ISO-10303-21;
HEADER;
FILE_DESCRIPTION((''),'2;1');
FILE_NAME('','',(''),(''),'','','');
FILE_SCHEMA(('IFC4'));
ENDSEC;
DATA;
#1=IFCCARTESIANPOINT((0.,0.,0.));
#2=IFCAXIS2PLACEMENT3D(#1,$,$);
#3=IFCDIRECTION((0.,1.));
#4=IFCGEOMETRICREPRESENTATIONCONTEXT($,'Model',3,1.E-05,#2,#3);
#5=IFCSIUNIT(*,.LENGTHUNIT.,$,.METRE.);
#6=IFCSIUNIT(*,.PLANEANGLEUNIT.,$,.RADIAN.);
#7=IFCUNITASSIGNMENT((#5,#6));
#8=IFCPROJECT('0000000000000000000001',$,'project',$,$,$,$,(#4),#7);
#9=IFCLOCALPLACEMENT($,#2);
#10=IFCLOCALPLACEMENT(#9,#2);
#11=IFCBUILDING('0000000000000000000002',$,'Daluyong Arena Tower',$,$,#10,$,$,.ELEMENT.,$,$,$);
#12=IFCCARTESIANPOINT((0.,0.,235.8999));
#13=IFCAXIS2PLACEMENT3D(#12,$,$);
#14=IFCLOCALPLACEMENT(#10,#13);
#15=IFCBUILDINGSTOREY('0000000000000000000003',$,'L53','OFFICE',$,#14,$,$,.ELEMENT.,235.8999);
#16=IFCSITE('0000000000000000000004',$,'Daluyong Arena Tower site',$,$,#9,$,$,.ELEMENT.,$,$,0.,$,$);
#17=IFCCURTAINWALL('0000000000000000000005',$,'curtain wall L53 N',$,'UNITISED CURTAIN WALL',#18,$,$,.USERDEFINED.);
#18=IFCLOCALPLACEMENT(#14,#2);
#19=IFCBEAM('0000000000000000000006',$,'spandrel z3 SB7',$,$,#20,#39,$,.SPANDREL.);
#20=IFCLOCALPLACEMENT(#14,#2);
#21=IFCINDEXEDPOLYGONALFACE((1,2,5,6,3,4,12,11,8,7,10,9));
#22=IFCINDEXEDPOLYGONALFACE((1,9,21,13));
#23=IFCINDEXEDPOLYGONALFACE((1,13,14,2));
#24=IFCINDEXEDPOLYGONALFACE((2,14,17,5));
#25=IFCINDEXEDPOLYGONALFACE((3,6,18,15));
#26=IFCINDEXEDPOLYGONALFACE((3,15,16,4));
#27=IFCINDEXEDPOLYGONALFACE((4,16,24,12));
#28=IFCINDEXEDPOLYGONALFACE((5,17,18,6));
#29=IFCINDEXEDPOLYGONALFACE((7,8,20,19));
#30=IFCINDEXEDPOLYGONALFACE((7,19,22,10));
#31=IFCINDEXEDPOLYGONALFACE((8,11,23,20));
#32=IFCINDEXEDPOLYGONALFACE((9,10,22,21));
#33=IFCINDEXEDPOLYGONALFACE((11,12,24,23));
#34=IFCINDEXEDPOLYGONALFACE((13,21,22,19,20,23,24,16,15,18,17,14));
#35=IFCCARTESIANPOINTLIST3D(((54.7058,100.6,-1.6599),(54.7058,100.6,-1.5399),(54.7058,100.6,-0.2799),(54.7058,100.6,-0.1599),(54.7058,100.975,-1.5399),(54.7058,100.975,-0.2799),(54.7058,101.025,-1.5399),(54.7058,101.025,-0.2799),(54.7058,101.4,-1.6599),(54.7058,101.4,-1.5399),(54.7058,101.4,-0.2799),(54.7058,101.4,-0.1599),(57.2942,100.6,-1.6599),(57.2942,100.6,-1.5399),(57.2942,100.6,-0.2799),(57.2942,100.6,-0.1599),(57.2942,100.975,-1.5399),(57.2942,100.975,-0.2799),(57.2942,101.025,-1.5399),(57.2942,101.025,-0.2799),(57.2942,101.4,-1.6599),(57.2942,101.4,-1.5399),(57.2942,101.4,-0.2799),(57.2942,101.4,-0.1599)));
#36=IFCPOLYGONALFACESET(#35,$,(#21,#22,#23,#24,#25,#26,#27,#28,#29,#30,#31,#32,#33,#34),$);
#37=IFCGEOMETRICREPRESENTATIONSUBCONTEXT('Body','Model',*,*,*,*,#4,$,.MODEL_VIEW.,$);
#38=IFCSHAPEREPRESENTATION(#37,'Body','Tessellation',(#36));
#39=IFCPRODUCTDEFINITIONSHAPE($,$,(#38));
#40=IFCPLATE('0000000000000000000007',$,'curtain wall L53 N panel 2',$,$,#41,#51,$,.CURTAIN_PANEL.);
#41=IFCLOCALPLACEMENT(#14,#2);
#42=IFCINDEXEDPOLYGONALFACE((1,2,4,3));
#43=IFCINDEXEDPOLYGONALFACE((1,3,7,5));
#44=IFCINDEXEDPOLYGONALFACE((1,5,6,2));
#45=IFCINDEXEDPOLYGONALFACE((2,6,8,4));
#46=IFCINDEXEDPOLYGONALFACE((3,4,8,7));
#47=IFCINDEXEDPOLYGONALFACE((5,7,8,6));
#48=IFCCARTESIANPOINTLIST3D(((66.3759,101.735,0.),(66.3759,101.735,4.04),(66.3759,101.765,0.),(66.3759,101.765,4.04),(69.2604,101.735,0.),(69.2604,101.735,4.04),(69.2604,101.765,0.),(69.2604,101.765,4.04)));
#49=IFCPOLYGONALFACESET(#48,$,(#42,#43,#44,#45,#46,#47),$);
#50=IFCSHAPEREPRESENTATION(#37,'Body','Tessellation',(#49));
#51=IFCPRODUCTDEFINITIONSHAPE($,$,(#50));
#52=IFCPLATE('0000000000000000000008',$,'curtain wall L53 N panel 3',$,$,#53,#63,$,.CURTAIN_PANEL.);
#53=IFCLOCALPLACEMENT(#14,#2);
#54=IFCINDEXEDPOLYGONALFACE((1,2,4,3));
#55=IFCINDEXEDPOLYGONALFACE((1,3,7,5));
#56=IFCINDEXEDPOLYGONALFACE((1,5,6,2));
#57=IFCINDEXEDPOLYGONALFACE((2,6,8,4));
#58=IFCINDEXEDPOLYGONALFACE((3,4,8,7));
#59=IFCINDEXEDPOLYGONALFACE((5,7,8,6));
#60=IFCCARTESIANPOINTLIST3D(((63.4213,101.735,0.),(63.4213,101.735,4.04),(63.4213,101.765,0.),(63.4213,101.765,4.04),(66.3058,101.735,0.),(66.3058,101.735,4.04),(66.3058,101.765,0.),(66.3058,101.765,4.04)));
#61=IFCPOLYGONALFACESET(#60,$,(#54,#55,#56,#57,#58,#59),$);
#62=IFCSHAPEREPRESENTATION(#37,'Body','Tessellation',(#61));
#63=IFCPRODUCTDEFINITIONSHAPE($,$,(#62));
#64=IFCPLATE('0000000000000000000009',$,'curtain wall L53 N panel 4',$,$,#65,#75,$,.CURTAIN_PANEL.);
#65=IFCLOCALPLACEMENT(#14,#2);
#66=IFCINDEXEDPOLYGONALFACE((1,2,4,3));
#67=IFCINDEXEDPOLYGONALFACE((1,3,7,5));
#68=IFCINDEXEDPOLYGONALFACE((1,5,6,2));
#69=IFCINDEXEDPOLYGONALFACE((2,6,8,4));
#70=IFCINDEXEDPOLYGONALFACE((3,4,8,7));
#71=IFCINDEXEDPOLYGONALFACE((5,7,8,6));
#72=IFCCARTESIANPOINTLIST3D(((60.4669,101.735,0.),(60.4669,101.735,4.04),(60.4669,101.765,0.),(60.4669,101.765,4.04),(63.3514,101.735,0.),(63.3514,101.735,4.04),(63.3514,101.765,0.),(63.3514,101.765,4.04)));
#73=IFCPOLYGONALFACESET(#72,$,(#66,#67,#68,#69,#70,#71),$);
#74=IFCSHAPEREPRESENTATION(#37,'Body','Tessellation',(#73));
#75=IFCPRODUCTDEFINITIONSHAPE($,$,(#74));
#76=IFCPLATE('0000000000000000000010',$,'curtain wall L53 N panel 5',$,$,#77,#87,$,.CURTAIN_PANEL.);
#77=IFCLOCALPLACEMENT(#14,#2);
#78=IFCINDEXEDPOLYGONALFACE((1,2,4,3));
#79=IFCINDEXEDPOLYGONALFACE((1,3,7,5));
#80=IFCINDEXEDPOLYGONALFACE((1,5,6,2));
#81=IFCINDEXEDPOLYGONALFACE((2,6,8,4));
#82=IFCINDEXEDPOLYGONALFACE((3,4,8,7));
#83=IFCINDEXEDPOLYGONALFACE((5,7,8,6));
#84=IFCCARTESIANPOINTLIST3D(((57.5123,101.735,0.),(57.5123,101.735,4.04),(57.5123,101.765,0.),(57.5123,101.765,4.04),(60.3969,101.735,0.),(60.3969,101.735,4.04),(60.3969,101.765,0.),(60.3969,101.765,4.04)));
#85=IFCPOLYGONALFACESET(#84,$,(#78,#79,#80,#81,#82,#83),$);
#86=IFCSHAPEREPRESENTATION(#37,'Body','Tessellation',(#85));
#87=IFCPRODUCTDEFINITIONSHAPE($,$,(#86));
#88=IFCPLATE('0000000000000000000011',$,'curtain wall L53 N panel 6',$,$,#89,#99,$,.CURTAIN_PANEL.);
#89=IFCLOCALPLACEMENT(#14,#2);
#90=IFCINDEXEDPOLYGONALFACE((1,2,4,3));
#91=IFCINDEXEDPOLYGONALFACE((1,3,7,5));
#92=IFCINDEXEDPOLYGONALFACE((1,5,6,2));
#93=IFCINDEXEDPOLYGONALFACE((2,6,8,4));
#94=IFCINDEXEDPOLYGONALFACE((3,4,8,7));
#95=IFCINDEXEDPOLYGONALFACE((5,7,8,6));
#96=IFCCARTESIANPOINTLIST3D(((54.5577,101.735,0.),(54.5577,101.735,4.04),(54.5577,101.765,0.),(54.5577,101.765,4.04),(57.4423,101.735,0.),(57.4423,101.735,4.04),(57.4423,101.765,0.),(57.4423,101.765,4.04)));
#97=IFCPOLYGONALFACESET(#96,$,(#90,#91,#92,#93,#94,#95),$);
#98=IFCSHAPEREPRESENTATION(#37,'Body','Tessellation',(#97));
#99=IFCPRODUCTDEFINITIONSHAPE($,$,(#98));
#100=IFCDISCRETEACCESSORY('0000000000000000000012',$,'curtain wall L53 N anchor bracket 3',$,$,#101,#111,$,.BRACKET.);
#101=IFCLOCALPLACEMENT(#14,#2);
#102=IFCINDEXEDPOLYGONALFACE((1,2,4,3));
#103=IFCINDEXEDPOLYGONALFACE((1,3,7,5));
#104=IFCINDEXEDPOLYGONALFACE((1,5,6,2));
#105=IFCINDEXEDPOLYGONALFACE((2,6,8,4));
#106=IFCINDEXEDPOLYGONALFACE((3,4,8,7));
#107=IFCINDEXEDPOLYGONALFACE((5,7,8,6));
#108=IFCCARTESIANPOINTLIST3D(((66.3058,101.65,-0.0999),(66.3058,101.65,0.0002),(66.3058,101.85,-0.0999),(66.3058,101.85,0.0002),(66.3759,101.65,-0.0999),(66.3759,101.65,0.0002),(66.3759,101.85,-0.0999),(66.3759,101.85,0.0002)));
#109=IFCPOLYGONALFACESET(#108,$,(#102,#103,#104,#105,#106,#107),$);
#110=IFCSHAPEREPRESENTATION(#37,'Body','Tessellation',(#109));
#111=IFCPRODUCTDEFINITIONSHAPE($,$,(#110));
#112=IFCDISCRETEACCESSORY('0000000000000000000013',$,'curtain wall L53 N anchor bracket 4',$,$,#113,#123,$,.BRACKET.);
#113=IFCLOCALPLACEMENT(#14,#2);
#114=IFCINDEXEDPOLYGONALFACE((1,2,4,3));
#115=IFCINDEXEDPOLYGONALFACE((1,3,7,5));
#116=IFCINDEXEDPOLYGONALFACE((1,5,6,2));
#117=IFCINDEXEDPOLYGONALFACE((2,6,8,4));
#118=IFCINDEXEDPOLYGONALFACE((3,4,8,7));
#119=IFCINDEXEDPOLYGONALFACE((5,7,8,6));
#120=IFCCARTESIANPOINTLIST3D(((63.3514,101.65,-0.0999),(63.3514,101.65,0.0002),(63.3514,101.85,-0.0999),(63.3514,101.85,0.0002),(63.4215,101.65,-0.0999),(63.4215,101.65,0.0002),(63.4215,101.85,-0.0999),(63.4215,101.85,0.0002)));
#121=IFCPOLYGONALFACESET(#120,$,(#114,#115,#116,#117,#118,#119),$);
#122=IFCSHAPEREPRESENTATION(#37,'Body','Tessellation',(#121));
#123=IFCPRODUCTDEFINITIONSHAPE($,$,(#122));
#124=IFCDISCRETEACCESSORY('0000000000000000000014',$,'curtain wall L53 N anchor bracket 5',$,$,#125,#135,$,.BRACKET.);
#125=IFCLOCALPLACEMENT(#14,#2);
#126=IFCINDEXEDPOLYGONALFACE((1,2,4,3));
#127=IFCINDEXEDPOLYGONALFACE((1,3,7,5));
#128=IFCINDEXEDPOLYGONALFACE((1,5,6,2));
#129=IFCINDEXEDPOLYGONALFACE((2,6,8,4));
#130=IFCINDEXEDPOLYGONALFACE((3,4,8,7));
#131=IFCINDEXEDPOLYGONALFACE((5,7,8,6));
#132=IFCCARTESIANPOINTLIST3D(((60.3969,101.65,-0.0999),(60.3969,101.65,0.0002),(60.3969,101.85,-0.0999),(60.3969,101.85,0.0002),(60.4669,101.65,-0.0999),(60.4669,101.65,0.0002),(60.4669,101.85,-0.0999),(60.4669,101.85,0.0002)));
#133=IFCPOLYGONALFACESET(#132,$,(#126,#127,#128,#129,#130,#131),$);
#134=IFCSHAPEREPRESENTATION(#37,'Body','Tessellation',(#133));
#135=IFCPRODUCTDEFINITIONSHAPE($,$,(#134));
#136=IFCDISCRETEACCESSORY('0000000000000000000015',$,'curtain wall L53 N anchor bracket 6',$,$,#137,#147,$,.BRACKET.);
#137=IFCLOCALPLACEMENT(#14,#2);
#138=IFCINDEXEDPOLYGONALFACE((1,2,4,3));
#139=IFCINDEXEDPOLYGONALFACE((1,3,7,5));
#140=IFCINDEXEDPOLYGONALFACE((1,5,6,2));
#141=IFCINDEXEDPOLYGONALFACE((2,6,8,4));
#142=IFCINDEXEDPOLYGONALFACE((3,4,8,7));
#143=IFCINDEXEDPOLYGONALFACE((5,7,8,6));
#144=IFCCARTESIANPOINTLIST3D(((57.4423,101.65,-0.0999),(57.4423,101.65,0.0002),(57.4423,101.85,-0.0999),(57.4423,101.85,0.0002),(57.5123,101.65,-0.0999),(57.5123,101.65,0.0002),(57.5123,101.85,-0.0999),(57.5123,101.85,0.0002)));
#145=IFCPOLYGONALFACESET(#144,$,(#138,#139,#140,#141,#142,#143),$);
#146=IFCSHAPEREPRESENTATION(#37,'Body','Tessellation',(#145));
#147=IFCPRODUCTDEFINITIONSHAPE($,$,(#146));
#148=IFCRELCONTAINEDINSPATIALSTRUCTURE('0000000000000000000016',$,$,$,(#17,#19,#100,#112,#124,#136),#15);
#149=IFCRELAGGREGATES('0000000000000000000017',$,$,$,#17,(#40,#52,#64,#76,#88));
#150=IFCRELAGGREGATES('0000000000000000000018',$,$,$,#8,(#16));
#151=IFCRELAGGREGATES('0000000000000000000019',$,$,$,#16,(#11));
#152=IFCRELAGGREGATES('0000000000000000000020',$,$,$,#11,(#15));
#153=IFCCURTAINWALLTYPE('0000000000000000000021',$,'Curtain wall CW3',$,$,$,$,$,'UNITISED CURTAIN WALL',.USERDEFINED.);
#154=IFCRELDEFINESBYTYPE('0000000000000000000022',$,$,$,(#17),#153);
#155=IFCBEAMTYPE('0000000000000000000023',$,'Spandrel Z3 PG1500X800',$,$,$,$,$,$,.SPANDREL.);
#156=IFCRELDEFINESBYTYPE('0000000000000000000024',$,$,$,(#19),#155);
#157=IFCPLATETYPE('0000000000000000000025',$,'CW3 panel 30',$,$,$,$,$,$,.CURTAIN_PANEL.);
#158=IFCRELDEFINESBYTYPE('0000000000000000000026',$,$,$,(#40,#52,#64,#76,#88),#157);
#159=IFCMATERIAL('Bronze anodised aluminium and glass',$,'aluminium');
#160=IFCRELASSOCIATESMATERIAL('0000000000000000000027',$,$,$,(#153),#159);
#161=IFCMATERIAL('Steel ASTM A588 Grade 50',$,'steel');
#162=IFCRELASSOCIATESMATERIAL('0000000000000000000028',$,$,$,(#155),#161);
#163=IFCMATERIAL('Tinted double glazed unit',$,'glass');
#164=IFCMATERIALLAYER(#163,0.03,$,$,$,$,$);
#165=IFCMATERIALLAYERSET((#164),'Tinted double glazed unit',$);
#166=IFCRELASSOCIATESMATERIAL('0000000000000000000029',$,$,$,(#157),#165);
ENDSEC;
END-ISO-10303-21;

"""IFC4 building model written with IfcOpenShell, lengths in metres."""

from ifc_helpers import new_model, si_unit, direction, frame, origin, origin_2d, place, context, subcontext, project, spatial, rectangle, i_section, extrude, material, layer, layer_set, material_profile, profile_set, type_object, element, aggregate, save


model = new_model("IFC4")

# Units and contexts
model_context = context("Model", 3, precision=1e-05, world=origin(), true_north=direction((0.0, 1.0)))
body_context = subcontext(model_context, "Body", "Model", "MODEL_VIEW")
ifc_project = project(units=[si_unit("LENGTHUNIT", "METRE"), si_unit("PLANEANGLEUNIT", "RADIAN")], contexts=[model_context])

# Site, building, storey
site_placement = place(None, origin())
site = spatial("IfcSite", under=ifc_project, at=site_placement, Name="Daluyong Arena Tower site", CompositionType="ELEMENT", RefElevation=0.0)
building_placement = place(site_placement, origin())
building = spatial("IfcBuilding", under=site, at=building_placement, Name="Daluyong Arena Tower", CompositionType="ELEMENT")
storey_placement = place(building_placement, frame((0.0, 0.0, 235.8999)))
storey = spatial("IfcBuildingStorey", under=building, at=storey_placement, Name="L53", Description="OFFICE", CompositionType="ELEMENT", Elevation=235.8999)

# Curtain wall
ifc_material_1 = material(Name="Bronze anodised aluminium and glass", Category="aluminium")
curtain_wall_type = type_object("IfcCurtainWallType", Name="Curtain wall CW3", ElementType="UNITISED CURTAIN WALL", PredefinedType="USERDEFINED", material=ifc_material_1)
curtain_wall_placement = place(storey_placement, origin())
curtain_wall = element("IfcCurtainWall", 1, at=curtain_wall_placement, inside=storey, type_object=curtain_wall_type, Name="curtain wall L53 N", ObjectType="UNITISED CURTAIN WALL", PredefinedType="USERDEFINED")

# Beam
ifc_material_2 = material(Name="Steel ASTM A588 Grade 50", Category="steel")
ifc_material_profile_1 = material_profile(ifc_material_2, i_section(OverallWidth=0.8, OverallDepth=1.5, WebThickness=0.05, FlangeThickness=0.12, at=origin_2d()))
ifc_profile_set_1 = profile_set([ifc_material_profile_1], Name="Steel ASTM A588 Grade 50")
beam_type_1 = type_object("IfcBeamType", Name="Spandrel Z3 PG1500X800", PredefinedType="SPANDREL", material=ifc_profile_set_1)
beam_1_placement = place(storey_placement, frame((57.2942, 101.0, -0.9099), z_axis=(-1.0, 0.0, 0.0), x_axis=(0.0, -1.0, 0.0)))
element("IfcBeam", 2, at=beam_1_placement, inside=storey, type_object=beam_type_1, Name="spandrel z3 SB7", PredefinedType="SPANDREL", context=body_context, shape_type="SweptSolid", body=[
    extrude(i_section(OverallWidth=0.8, OverallDepth=1.5, WebThickness=0.05, FlangeThickness=0.12, at=origin_2d()), origin(), (0.0, 0.0, 1.0), 2.5884),
])

# Plates
ifc_material_3 = material(Name="Tinted double glazed unit", Category="glass")
ifc_layer = layer(ifc_material_3, 0.03)
ifc_layer_set = layer_set([ifc_layer], Name="Tinted double glazed unit")
plate_type = type_object("IfcPlateType", Name="CW3 panel 30", PredefinedType="CURTAIN_PANEL", material=ifc_layer_set)
plate_1_placement = place(storey_placement, frame((67.8181, 101.75, 0.0), z_axis=(0.0, 0.0, 1.0), x_axis=(-1.0, 0.0, 0.0)))
plate_1 = element("IfcPlate", 3, at=plate_1_placement, type_object=plate_type, Name="curtain wall L53 N panel 2", PredefinedType="CURTAIN_PANEL", context=body_context, shape_type="SweptSolid", body=[
    extrude(rectangle(XDim=2.8845, YDim=0.03, at=origin_2d()), origin(), (0.0, 0.0, 1.0), 4.04),
])
plate_2_placement = place(storey_placement, frame((64.8635, 101.75, 0.0), z_axis=(0.0, 0.0, 1.0), x_axis=(-1.0, 0.0, 0.0)))
plate_2 = element("IfcPlate", 4, at=plate_2_placement, type_object=plate_type, Name="curtain wall L53 N panel 3", PredefinedType="CURTAIN_PANEL", context=body_context, shape_type="SweptSolid", body=[
    extrude(rectangle(XDim=2.8845, YDim=0.03, at=origin_2d()), origin(), (0.0, 0.0, 1.0), 4.04),
])
plate_3_placement = place(storey_placement, frame((61.9092, 101.75, 0.0), z_axis=(0.0, 0.0, 1.0), x_axis=(-1.0, 0.0, 0.0)))
plate_3 = element("IfcPlate", 5, at=plate_3_placement, type_object=plate_type, Name="curtain wall L53 N panel 4", PredefinedType="CURTAIN_PANEL", context=body_context, shape_type="SweptSolid", body=[
    extrude(rectangle(XDim=2.8845, YDim=0.03, at=origin_2d()), origin(), (0.0, 0.0, 1.0), 4.04),
])
plate_4_placement = place(storey_placement, frame((58.9546, 101.75, 0.0), z_axis=(0.0, 0.0, 1.0), x_axis=(-1.0, 0.0, 0.0)))
plate_4 = element("IfcPlate", 6, at=plate_4_placement, type_object=plate_type, Name="curtain wall L53 N panel 5", PredefinedType="CURTAIN_PANEL", context=body_context, shape_type="SweptSolid", body=[
    extrude(rectangle(XDim=2.8845, YDim=0.03, at=origin_2d()), origin(), (0.0, 0.0, 1.0), 4.04),
])
plate_5_placement = place(storey_placement, frame((56.0, 101.75, 0.0), z_axis=(0.0, 0.0, 1.0), x_axis=(-1.0, 0.0, 0.0)))
plate_5 = element("IfcPlate", 7, at=plate_5_placement, type_object=plate_type, Name="curtain wall L53 N panel 6", PredefinedType="CURTAIN_PANEL", context=body_context, shape_type="SweptSolid", body=[
    extrude(rectangle(XDim=2.8845, YDim=0.03, at=origin_2d()), origin(), (0.0, 0.0, 1.0), 4.04),
])
aggregate(curtain_wall, [plate_1, plate_2, plate_3, plate_4, plate_5])

# Discrete accessories
for number, where, z_axis, x_axis, name in (
    (8, (66.3408, 101.75, -0.0999), (0.0, 0.0, 1.0), (-1.0, 0.0, 0.0), "curtain wall L53 N anchor bracket 3"),
    (9, (63.3865, 101.75, -0.0999), (0.0, 0.0, 1.0), (-1.0, 0.0, 0.0), "curtain wall L53 N anchor bracket 4"),
    (10, (60.4319, 101.75, -0.0999), (0.0, 0.0, 1.0), (-1.0, 0.0, 0.0), "curtain wall L53 N anchor bracket 5"),
    (11, (57.4773, 101.75, -0.0999), (0.0, 0.0, 1.0), (-1.0, 0.0, 0.0), "curtain wall L53 N anchor bracket 6"),
):
    element("IfcDiscreteAccessory", number, at=place(storey_placement, frame(where, z_axis=z_axis, x_axis=x_axis)), inside=storey, Name=name, PredefinedType="BRACKET", context=body_context, shape_type="SweptSolid", body=[
        extrude(rectangle(XDim=0.0701, YDim=0.2, at=origin_2d()), origin(), (0.0, 0.0, 1.0), 0.1001),
    ])

save(model, "model.ifc")
